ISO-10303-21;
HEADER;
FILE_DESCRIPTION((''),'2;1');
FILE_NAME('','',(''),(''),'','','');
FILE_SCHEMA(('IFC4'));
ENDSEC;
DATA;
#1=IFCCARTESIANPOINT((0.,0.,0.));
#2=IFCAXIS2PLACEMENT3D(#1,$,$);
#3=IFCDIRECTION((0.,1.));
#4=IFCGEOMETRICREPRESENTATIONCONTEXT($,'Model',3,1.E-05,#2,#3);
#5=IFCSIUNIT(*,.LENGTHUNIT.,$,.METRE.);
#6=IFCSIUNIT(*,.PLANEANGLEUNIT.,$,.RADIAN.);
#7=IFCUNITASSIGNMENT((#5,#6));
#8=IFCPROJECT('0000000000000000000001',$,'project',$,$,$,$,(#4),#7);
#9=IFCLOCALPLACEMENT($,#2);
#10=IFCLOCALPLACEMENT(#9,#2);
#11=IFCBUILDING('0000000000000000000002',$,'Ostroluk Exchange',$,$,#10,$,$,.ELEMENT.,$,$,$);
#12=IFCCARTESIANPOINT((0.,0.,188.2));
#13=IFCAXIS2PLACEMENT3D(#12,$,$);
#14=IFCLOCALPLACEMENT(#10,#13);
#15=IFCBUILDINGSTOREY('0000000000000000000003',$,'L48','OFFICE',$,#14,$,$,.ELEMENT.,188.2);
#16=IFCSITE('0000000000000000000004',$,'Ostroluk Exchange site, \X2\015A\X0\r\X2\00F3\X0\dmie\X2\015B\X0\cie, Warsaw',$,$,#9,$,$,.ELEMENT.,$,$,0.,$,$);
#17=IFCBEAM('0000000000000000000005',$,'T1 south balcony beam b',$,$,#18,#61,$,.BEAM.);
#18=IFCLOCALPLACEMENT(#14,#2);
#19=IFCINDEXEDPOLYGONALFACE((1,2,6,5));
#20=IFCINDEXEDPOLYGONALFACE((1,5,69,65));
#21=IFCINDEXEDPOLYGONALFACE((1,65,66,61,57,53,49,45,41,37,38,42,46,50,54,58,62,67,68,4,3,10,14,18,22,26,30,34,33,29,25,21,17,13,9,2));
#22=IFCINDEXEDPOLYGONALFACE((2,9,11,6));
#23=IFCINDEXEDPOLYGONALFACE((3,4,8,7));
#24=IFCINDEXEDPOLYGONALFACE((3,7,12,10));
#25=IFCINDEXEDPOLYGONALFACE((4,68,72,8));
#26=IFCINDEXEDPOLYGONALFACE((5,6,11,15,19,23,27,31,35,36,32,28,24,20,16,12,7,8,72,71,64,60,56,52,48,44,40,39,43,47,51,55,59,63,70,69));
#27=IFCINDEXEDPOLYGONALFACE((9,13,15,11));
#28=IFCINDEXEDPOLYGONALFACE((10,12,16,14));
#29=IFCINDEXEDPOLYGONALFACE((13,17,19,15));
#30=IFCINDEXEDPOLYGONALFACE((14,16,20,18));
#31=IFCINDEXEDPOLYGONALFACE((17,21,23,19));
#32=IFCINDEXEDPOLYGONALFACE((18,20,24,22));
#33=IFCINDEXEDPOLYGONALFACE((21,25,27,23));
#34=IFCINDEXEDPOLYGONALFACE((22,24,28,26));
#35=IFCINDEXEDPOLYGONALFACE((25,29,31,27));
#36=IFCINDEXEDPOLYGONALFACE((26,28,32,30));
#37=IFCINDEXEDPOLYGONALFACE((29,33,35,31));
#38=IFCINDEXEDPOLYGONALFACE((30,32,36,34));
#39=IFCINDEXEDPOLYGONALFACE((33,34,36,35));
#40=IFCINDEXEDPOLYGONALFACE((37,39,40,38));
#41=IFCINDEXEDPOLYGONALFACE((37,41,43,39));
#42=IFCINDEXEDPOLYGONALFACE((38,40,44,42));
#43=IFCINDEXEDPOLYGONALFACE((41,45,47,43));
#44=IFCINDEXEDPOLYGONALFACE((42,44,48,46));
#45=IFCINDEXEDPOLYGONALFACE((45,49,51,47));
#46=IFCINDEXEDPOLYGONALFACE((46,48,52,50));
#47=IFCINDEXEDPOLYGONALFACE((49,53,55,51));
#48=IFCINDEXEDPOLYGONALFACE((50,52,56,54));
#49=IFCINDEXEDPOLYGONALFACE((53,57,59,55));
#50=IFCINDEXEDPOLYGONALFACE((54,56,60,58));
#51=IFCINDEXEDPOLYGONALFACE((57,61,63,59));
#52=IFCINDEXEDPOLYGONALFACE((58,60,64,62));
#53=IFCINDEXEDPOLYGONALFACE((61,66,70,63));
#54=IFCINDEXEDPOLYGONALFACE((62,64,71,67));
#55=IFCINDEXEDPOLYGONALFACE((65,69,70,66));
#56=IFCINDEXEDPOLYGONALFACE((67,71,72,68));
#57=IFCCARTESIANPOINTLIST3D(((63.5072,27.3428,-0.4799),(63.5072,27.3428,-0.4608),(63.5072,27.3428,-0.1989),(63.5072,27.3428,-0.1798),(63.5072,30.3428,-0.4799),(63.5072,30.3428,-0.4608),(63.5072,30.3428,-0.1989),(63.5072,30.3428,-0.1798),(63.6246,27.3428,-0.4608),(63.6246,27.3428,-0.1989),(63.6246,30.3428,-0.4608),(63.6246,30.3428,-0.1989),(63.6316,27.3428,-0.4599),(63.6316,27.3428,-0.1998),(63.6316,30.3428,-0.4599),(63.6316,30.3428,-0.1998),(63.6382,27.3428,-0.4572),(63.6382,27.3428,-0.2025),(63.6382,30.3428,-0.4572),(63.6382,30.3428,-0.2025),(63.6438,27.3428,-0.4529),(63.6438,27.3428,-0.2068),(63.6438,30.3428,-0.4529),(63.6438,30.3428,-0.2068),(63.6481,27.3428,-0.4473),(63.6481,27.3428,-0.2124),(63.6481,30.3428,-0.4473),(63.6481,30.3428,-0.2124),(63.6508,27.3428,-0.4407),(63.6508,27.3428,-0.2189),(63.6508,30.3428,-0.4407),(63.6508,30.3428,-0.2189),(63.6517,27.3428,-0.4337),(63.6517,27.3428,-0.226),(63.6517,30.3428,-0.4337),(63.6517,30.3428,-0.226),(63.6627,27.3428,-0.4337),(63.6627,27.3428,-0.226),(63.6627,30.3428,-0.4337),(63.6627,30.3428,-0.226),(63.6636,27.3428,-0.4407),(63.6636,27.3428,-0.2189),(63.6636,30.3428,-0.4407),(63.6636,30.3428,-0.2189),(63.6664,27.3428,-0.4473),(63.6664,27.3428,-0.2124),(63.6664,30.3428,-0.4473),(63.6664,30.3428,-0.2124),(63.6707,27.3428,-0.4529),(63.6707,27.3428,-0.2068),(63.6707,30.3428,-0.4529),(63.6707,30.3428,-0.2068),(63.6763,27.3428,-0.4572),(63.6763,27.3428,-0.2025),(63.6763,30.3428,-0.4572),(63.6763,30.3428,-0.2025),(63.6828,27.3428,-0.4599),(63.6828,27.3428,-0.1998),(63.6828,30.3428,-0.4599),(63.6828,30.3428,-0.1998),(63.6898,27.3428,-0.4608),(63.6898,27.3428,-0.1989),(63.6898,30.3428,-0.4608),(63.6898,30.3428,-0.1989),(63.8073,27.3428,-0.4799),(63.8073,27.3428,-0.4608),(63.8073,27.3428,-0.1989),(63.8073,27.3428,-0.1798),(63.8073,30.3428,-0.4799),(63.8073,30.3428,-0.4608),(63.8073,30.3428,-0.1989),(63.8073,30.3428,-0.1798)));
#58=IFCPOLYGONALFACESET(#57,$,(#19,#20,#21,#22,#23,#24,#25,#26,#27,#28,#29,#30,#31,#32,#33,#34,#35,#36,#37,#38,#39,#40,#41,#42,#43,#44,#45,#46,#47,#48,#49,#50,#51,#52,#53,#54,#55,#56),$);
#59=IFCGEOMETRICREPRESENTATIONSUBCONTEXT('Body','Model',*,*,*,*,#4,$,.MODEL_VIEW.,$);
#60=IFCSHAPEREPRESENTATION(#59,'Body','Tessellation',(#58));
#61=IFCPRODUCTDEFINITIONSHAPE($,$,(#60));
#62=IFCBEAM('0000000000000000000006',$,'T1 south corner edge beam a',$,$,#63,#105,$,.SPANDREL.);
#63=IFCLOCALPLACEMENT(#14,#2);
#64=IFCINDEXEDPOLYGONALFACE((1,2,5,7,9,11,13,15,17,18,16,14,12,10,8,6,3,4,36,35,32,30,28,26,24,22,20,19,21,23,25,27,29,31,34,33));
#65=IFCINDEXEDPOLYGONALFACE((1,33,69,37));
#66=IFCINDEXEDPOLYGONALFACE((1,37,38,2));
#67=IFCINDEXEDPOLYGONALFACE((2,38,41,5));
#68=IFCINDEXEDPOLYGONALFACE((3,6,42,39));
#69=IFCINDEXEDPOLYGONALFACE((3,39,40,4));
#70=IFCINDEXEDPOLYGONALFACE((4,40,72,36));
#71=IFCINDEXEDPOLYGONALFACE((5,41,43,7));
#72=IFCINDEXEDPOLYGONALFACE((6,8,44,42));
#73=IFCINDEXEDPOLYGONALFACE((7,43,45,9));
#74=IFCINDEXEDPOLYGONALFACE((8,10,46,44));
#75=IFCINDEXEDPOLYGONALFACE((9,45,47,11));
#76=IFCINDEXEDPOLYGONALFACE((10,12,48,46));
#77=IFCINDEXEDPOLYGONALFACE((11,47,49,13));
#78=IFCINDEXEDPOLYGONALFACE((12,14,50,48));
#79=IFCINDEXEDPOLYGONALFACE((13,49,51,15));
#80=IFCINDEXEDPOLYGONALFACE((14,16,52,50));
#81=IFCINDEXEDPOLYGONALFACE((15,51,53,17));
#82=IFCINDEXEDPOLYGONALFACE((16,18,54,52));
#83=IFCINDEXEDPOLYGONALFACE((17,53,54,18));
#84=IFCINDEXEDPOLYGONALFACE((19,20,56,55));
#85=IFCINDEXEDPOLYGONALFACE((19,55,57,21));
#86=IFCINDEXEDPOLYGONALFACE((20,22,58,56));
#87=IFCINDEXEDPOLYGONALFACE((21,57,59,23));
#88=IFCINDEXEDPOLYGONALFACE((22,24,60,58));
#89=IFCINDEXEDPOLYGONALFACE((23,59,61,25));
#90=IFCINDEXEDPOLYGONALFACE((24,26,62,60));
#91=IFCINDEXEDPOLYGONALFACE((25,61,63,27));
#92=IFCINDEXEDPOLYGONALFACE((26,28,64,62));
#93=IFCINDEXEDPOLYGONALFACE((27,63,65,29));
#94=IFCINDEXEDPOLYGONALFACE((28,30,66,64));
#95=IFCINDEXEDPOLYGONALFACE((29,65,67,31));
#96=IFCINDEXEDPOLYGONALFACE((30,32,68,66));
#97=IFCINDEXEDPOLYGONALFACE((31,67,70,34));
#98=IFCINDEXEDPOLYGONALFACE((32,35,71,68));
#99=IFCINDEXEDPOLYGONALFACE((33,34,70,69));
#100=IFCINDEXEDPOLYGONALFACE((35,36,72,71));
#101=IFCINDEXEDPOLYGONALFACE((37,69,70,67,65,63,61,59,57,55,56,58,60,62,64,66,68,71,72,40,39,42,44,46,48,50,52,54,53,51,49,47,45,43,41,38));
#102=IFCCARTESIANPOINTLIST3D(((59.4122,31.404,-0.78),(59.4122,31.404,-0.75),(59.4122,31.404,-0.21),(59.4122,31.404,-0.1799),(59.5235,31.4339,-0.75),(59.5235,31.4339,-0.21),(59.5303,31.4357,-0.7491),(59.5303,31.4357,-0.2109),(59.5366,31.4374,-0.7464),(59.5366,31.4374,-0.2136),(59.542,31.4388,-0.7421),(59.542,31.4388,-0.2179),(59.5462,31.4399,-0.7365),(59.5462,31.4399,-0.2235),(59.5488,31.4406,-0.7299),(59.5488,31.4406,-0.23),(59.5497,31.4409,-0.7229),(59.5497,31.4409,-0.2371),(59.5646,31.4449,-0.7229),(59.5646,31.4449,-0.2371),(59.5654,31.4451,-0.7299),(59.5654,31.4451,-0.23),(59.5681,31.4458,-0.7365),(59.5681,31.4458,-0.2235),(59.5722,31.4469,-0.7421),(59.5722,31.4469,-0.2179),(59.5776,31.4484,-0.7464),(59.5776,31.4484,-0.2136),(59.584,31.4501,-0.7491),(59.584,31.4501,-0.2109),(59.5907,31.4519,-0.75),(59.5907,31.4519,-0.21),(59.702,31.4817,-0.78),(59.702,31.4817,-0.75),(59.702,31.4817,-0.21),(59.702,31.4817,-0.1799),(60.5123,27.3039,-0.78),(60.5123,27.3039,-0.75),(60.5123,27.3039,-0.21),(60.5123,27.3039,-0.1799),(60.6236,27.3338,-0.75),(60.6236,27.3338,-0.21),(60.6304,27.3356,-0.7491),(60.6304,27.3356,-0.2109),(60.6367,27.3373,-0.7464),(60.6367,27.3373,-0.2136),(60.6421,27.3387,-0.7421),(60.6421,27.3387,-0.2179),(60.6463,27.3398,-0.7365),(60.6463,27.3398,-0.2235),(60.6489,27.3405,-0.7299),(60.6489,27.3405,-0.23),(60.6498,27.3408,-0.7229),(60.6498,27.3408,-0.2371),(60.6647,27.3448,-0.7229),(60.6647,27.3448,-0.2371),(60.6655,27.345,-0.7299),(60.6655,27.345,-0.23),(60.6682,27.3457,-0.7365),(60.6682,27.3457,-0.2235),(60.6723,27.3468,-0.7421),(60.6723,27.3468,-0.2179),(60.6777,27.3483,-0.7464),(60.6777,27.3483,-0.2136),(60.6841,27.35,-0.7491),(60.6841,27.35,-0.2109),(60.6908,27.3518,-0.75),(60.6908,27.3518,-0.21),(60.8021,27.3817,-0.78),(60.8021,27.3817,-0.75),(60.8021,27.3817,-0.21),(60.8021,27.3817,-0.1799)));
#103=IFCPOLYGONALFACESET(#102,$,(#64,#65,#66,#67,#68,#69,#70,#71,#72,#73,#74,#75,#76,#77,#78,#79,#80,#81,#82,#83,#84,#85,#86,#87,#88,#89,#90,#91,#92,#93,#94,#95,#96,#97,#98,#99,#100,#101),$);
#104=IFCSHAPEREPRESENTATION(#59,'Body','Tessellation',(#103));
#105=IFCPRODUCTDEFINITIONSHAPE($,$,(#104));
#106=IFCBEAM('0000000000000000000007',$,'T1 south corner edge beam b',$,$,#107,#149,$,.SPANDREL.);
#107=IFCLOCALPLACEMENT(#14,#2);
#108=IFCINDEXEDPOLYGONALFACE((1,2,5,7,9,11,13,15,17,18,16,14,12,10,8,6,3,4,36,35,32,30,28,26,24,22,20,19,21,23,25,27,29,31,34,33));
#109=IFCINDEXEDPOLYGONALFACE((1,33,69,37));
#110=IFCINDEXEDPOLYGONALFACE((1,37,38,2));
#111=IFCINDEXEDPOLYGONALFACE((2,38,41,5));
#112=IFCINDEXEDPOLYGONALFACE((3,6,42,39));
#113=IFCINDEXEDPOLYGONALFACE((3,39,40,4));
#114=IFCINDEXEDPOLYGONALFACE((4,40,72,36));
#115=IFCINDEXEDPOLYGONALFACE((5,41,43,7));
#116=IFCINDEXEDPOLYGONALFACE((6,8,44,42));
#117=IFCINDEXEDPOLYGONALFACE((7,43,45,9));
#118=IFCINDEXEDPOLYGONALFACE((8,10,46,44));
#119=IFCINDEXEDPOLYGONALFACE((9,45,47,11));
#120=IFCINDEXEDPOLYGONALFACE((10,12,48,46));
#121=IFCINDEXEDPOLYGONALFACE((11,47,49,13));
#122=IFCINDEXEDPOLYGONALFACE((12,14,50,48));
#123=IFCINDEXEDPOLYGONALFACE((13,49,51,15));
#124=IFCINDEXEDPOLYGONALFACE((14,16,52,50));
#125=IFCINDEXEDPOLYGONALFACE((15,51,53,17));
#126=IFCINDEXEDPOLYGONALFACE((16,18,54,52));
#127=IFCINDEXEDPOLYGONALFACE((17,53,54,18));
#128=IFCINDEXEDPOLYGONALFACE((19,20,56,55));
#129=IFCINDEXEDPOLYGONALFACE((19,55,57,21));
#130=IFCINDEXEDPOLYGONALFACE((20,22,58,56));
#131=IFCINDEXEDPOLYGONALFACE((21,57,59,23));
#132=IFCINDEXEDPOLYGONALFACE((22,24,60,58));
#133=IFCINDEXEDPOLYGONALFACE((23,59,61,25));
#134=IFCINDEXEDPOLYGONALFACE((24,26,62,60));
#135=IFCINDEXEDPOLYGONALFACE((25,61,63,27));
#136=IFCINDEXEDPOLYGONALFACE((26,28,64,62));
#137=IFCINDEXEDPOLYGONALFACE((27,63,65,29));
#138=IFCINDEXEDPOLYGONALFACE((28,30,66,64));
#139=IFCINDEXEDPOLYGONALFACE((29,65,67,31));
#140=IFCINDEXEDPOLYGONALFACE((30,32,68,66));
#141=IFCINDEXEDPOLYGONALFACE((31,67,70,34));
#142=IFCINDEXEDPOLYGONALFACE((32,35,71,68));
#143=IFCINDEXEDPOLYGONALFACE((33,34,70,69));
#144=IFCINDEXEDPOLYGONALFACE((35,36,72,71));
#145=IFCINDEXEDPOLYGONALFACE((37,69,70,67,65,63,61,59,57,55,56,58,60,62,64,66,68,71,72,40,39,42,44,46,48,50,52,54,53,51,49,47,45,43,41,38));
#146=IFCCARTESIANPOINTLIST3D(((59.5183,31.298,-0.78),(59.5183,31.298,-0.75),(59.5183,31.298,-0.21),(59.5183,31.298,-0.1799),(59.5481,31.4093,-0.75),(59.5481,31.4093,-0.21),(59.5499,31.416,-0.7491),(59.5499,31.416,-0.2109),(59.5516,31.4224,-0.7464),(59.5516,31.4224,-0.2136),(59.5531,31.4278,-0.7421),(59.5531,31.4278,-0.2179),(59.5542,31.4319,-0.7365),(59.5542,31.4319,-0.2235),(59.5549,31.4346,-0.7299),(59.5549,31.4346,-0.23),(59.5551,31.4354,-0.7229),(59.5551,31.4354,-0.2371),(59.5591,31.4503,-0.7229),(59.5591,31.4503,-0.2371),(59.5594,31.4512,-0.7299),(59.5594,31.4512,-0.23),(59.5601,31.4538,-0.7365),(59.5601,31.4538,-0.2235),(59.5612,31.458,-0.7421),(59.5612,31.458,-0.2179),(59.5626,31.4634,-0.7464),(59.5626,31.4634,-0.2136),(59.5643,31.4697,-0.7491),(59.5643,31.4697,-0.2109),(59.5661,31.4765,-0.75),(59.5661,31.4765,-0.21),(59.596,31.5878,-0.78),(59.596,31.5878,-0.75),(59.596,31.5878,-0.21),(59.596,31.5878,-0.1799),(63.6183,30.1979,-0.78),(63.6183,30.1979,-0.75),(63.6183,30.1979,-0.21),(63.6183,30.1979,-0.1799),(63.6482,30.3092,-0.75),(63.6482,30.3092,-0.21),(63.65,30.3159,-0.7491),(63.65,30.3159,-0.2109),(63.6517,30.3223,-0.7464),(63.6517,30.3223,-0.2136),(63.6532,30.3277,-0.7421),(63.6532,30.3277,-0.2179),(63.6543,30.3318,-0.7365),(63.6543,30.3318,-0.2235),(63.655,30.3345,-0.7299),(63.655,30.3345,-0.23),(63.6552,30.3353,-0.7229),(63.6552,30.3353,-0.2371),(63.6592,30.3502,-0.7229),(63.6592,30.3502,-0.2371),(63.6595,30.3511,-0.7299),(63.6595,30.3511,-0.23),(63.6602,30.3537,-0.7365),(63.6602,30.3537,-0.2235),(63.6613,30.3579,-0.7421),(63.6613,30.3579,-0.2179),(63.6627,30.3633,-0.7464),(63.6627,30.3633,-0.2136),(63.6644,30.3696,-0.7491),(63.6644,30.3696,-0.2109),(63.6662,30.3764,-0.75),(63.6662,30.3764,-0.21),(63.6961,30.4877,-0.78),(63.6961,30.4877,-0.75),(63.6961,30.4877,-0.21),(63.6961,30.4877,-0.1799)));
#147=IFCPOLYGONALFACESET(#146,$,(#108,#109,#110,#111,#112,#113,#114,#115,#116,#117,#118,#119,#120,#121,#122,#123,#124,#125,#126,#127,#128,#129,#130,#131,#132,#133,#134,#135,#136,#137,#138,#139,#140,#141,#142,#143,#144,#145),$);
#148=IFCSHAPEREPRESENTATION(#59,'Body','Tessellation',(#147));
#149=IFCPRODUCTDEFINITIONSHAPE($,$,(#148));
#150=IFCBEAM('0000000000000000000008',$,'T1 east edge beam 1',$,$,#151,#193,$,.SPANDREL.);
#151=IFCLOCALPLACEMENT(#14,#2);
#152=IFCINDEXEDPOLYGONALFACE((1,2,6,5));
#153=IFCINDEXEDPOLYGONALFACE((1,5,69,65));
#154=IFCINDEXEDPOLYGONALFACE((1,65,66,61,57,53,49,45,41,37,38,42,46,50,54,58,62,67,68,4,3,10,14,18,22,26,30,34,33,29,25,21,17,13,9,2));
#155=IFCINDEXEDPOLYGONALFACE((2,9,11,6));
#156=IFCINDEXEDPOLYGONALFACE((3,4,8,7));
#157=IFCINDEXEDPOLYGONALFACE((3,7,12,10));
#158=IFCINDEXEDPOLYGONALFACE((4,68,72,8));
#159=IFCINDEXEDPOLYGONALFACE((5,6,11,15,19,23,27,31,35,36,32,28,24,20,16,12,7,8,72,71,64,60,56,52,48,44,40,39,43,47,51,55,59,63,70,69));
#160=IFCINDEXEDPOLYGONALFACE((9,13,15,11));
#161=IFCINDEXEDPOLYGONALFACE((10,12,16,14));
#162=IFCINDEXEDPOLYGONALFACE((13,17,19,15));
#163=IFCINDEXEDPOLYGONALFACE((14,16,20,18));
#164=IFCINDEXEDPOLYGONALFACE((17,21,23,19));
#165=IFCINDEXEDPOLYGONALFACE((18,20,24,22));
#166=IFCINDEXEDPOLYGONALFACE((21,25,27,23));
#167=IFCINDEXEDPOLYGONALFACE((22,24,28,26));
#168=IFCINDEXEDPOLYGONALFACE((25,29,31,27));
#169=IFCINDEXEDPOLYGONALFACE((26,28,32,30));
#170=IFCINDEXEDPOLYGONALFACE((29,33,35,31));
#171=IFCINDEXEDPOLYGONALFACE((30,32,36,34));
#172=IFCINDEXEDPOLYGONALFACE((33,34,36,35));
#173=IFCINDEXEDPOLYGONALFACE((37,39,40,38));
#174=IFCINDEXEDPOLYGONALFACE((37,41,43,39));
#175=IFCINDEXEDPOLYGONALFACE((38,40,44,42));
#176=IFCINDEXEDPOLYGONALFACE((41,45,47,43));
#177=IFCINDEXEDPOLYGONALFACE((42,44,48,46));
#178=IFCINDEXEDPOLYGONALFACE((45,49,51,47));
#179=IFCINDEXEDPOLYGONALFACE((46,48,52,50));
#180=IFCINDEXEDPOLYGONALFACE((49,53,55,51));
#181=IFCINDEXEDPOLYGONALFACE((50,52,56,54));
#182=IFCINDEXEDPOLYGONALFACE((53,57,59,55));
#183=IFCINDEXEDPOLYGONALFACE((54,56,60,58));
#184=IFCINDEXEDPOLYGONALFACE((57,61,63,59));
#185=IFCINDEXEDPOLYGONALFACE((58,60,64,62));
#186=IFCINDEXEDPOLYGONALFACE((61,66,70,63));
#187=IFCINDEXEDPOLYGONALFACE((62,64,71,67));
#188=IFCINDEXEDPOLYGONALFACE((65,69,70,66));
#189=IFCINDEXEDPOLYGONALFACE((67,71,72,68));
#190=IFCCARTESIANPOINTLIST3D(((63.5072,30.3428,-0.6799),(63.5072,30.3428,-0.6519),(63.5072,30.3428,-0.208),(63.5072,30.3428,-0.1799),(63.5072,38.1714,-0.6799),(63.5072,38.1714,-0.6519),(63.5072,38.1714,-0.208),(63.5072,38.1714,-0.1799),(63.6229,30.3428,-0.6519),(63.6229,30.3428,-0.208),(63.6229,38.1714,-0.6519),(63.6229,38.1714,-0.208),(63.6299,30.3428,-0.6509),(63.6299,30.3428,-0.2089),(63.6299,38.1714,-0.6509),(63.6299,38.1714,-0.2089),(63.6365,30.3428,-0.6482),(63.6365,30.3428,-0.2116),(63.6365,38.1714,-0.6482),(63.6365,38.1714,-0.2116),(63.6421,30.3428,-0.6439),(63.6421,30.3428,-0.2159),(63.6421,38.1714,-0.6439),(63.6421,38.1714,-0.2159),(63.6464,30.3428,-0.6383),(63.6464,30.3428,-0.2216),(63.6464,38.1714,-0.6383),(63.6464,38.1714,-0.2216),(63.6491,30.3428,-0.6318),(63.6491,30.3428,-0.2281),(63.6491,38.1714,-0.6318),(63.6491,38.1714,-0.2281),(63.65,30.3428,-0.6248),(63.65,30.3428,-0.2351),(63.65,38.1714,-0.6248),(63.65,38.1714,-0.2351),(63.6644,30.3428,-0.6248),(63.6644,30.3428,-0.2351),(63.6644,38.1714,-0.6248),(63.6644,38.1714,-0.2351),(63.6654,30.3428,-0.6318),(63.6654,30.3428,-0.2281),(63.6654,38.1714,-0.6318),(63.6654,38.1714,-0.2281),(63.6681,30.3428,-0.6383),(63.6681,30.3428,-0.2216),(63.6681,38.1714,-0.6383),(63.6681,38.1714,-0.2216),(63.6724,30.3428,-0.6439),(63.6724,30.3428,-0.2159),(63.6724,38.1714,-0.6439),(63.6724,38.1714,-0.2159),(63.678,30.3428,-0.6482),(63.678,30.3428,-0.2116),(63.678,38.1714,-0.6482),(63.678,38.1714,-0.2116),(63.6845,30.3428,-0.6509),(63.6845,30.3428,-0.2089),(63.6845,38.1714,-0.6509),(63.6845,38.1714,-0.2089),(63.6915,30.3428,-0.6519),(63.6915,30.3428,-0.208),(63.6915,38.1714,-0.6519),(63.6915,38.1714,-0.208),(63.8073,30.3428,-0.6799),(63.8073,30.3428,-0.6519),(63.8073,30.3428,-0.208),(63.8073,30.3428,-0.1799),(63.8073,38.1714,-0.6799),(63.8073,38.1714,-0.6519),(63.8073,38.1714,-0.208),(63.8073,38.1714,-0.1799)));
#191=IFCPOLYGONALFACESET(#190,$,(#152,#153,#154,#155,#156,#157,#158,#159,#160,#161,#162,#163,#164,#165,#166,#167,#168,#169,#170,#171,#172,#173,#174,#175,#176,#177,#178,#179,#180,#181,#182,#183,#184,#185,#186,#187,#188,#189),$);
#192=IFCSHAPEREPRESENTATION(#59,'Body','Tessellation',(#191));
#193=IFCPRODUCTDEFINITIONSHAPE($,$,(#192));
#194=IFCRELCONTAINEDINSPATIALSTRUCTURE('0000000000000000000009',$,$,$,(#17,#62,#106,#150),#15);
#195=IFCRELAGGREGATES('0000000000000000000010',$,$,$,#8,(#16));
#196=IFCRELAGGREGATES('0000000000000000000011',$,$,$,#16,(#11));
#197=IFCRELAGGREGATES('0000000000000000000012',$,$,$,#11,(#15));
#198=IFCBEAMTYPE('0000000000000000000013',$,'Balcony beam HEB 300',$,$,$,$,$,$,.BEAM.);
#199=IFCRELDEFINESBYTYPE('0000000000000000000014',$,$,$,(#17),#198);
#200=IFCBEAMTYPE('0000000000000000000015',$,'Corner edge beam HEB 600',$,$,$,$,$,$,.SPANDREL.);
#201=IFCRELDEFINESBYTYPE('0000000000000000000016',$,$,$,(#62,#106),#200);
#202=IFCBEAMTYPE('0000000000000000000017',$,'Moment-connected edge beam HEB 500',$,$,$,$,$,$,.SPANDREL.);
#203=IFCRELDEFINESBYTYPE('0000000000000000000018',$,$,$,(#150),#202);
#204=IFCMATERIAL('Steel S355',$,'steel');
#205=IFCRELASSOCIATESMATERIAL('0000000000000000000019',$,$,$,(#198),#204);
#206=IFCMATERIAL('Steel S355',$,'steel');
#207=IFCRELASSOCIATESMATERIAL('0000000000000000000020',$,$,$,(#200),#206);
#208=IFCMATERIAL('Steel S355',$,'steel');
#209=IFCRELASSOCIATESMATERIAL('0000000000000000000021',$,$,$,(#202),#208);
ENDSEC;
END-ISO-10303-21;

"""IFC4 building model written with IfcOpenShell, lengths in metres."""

from ifc_helpers import new_model, si_unit, direction, frame, origin, origin_2d, place, context, subcontext, project, spatial, i_section, extrude, material, material_profile, profile_set, type_object, element, save


model = new_model("IFC4")

# Units and contexts
model_context = context("Model", 3, precision=1e-05, world=origin(), true_north=direction((0.0, 1.0)))
body_context = subcontext(model_context, "Body", "Model", "MODEL_VIEW")
ifc_project = project(units=[si_unit("LENGTHUNIT", "METRE"), si_unit("PLANEANGLEUNIT", "RADIAN")], contexts=[model_context])

# Site, building, storey
site_placement = place(None, origin())
site = spatial("IfcSite", under=ifc_project, at=site_placement, Name="Ostroluk Exchange site, Śródmieście, Warsaw", CompositionType="ELEMENT", RefElevation=0.0)
building_placement = place(site_placement, origin())
building = spatial("IfcBuilding", under=site, at=building_placement, Name="Ostroluk Exchange", CompositionType="ELEMENT")
storey_placement = place(building_placement, frame((0.0, 0.0, 188.2)))
storey = spatial("IfcBuildingStorey", under=building, at=storey_placement, Name="L48", Description="OFFICE", CompositionType="ELEMENT", Elevation=188.2)

# Beams
ifc_material_1 = material(Name="Steel S355", Category="steel")
ifc_material_profile_1 = material_profile(ifc_material_1, i_section(OverallWidth=0.3, OverallDepth=0.3, WebThickness=0.011, FlangeThickness=0.019, FilletRadius=0.0271, at=origin_2d()), Name="HEB 300")
ifc_profile_set_1 = profile_set([ifc_material_profile_1], Name="Steel S355")
beam_type_1 = type_object("IfcBeamType", Name="Balcony beam HEB 300", PredefinedType="BEAM", material=ifc_profile_set_1)
for number, where, z_axis, x_axis, name in (
    (1, (63.6572, 30.3428, -0.3298), (0.0, -1.0, 0.0), (1.0, 0.0, 0.0), "T1 south balcony beam b"),
):
    element("IfcBeam", number, at=place(storey_placement, frame(where, z_axis=z_axis, x_axis=x_axis)), inside=storey, type_object=beam_type_1, Name=name, PredefinedType="BEAM", context=body_context, shape_type="SweptSolid", body=[
        extrude(i_section(OverallWidth=0.3, OverallDepth=0.3, WebThickness=0.011, FlangeThickness=0.019, FilletRadius=0.0271, at=origin_2d()), origin(), (0.0, 0.0, 1.0), 3.0),
    ])
ifc_material_2 = material(Name="Steel S355", Category="steel")
ifc_material_profile_2 = material_profile(ifc_material_2, i_section(OverallWidth=0.3, OverallDepth=0.6001, WebThickness=0.0154, FlangeThickness=0.03, FilletRadius=0.0271, at=origin_2d()), Name="HEB 600")
ifc_profile_set_2 = profile_set([ifc_material_profile_2], Name="Steel S355")
beam_type_2 = type_object("IfcBeamType", Name="Corner edge beam HEB 600", PredefinedType="SPANDREL", material=ifc_profile_set_2)
for number, where, z_axis, x_axis, name in (
    (2, (59.5571, 31.4429, -0.48), (0.259144, -0.965839, 0.0), (0.965839, 0.259144, 0.0), "T1 south corner edge beam a"),
    (3, (59.5571, 31.4429, -0.48), (0.965839, -0.259144, 0.0), (0.259144, 0.965839, 0.0), "T1 south corner edge beam b"),
):
    element("IfcBeam", number, at=place(storey_placement, frame(where, z_axis=z_axis, x_axis=x_axis)), inside=storey, type_object=beam_type_2, Name=name, PredefinedType="SPANDREL", context=body_context, shape_type="SweptSolid", body=[
        extrude(i_section(OverallWidth=0.3, OverallDepth=0.6001, WebThickness=0.0154, FlangeThickness=0.03, FilletRadius=0.0271, at=origin_2d()), origin(), (0.0, 0.0, 1.0), 4.2451),
    ])
ifc_material_3 = material(Name="Steel S355", Category="steel")
ifc_material_profile_3 = material_profile(ifc_material_3, i_section(OverallWidth=0.3, OverallDepth=0.5, WebThickness=0.0144, FlangeThickness=0.0281, FilletRadius=0.0271, at=origin_2d()), Name="HEB 500")
ifc_profile_set_3 = profile_set([ifc_material_profile_3], Name="Steel S355")
beam_type_3 = type_object("IfcBeamType", Name="Moment-connected edge beam HEB 500", PredefinedType="SPANDREL", material=ifc_profile_set_3)
beam_placement = place(storey_placement, frame((63.6572, 30.3428, -0.4299), z_axis=(0.0, 1.0, 0.0), x_axis=(-1.0, 0.0, 0.0)))
element("IfcBeam", 4, at=beam_placement, inside=storey, type_object=beam_type_3, Name="T1 east edge beam 1", PredefinedType="SPANDREL", context=body_context, shape_type="SweptSolid", body=[
    extrude(i_section(OverallWidth=0.3, OverallDepth=0.5, WebThickness=0.0144, FlangeThickness=0.0281, FilletRadius=0.0271, at=origin_2d()), origin(), (0.0, 0.0, 1.0), 7.8286),
])

save(model, "model.ifc")
